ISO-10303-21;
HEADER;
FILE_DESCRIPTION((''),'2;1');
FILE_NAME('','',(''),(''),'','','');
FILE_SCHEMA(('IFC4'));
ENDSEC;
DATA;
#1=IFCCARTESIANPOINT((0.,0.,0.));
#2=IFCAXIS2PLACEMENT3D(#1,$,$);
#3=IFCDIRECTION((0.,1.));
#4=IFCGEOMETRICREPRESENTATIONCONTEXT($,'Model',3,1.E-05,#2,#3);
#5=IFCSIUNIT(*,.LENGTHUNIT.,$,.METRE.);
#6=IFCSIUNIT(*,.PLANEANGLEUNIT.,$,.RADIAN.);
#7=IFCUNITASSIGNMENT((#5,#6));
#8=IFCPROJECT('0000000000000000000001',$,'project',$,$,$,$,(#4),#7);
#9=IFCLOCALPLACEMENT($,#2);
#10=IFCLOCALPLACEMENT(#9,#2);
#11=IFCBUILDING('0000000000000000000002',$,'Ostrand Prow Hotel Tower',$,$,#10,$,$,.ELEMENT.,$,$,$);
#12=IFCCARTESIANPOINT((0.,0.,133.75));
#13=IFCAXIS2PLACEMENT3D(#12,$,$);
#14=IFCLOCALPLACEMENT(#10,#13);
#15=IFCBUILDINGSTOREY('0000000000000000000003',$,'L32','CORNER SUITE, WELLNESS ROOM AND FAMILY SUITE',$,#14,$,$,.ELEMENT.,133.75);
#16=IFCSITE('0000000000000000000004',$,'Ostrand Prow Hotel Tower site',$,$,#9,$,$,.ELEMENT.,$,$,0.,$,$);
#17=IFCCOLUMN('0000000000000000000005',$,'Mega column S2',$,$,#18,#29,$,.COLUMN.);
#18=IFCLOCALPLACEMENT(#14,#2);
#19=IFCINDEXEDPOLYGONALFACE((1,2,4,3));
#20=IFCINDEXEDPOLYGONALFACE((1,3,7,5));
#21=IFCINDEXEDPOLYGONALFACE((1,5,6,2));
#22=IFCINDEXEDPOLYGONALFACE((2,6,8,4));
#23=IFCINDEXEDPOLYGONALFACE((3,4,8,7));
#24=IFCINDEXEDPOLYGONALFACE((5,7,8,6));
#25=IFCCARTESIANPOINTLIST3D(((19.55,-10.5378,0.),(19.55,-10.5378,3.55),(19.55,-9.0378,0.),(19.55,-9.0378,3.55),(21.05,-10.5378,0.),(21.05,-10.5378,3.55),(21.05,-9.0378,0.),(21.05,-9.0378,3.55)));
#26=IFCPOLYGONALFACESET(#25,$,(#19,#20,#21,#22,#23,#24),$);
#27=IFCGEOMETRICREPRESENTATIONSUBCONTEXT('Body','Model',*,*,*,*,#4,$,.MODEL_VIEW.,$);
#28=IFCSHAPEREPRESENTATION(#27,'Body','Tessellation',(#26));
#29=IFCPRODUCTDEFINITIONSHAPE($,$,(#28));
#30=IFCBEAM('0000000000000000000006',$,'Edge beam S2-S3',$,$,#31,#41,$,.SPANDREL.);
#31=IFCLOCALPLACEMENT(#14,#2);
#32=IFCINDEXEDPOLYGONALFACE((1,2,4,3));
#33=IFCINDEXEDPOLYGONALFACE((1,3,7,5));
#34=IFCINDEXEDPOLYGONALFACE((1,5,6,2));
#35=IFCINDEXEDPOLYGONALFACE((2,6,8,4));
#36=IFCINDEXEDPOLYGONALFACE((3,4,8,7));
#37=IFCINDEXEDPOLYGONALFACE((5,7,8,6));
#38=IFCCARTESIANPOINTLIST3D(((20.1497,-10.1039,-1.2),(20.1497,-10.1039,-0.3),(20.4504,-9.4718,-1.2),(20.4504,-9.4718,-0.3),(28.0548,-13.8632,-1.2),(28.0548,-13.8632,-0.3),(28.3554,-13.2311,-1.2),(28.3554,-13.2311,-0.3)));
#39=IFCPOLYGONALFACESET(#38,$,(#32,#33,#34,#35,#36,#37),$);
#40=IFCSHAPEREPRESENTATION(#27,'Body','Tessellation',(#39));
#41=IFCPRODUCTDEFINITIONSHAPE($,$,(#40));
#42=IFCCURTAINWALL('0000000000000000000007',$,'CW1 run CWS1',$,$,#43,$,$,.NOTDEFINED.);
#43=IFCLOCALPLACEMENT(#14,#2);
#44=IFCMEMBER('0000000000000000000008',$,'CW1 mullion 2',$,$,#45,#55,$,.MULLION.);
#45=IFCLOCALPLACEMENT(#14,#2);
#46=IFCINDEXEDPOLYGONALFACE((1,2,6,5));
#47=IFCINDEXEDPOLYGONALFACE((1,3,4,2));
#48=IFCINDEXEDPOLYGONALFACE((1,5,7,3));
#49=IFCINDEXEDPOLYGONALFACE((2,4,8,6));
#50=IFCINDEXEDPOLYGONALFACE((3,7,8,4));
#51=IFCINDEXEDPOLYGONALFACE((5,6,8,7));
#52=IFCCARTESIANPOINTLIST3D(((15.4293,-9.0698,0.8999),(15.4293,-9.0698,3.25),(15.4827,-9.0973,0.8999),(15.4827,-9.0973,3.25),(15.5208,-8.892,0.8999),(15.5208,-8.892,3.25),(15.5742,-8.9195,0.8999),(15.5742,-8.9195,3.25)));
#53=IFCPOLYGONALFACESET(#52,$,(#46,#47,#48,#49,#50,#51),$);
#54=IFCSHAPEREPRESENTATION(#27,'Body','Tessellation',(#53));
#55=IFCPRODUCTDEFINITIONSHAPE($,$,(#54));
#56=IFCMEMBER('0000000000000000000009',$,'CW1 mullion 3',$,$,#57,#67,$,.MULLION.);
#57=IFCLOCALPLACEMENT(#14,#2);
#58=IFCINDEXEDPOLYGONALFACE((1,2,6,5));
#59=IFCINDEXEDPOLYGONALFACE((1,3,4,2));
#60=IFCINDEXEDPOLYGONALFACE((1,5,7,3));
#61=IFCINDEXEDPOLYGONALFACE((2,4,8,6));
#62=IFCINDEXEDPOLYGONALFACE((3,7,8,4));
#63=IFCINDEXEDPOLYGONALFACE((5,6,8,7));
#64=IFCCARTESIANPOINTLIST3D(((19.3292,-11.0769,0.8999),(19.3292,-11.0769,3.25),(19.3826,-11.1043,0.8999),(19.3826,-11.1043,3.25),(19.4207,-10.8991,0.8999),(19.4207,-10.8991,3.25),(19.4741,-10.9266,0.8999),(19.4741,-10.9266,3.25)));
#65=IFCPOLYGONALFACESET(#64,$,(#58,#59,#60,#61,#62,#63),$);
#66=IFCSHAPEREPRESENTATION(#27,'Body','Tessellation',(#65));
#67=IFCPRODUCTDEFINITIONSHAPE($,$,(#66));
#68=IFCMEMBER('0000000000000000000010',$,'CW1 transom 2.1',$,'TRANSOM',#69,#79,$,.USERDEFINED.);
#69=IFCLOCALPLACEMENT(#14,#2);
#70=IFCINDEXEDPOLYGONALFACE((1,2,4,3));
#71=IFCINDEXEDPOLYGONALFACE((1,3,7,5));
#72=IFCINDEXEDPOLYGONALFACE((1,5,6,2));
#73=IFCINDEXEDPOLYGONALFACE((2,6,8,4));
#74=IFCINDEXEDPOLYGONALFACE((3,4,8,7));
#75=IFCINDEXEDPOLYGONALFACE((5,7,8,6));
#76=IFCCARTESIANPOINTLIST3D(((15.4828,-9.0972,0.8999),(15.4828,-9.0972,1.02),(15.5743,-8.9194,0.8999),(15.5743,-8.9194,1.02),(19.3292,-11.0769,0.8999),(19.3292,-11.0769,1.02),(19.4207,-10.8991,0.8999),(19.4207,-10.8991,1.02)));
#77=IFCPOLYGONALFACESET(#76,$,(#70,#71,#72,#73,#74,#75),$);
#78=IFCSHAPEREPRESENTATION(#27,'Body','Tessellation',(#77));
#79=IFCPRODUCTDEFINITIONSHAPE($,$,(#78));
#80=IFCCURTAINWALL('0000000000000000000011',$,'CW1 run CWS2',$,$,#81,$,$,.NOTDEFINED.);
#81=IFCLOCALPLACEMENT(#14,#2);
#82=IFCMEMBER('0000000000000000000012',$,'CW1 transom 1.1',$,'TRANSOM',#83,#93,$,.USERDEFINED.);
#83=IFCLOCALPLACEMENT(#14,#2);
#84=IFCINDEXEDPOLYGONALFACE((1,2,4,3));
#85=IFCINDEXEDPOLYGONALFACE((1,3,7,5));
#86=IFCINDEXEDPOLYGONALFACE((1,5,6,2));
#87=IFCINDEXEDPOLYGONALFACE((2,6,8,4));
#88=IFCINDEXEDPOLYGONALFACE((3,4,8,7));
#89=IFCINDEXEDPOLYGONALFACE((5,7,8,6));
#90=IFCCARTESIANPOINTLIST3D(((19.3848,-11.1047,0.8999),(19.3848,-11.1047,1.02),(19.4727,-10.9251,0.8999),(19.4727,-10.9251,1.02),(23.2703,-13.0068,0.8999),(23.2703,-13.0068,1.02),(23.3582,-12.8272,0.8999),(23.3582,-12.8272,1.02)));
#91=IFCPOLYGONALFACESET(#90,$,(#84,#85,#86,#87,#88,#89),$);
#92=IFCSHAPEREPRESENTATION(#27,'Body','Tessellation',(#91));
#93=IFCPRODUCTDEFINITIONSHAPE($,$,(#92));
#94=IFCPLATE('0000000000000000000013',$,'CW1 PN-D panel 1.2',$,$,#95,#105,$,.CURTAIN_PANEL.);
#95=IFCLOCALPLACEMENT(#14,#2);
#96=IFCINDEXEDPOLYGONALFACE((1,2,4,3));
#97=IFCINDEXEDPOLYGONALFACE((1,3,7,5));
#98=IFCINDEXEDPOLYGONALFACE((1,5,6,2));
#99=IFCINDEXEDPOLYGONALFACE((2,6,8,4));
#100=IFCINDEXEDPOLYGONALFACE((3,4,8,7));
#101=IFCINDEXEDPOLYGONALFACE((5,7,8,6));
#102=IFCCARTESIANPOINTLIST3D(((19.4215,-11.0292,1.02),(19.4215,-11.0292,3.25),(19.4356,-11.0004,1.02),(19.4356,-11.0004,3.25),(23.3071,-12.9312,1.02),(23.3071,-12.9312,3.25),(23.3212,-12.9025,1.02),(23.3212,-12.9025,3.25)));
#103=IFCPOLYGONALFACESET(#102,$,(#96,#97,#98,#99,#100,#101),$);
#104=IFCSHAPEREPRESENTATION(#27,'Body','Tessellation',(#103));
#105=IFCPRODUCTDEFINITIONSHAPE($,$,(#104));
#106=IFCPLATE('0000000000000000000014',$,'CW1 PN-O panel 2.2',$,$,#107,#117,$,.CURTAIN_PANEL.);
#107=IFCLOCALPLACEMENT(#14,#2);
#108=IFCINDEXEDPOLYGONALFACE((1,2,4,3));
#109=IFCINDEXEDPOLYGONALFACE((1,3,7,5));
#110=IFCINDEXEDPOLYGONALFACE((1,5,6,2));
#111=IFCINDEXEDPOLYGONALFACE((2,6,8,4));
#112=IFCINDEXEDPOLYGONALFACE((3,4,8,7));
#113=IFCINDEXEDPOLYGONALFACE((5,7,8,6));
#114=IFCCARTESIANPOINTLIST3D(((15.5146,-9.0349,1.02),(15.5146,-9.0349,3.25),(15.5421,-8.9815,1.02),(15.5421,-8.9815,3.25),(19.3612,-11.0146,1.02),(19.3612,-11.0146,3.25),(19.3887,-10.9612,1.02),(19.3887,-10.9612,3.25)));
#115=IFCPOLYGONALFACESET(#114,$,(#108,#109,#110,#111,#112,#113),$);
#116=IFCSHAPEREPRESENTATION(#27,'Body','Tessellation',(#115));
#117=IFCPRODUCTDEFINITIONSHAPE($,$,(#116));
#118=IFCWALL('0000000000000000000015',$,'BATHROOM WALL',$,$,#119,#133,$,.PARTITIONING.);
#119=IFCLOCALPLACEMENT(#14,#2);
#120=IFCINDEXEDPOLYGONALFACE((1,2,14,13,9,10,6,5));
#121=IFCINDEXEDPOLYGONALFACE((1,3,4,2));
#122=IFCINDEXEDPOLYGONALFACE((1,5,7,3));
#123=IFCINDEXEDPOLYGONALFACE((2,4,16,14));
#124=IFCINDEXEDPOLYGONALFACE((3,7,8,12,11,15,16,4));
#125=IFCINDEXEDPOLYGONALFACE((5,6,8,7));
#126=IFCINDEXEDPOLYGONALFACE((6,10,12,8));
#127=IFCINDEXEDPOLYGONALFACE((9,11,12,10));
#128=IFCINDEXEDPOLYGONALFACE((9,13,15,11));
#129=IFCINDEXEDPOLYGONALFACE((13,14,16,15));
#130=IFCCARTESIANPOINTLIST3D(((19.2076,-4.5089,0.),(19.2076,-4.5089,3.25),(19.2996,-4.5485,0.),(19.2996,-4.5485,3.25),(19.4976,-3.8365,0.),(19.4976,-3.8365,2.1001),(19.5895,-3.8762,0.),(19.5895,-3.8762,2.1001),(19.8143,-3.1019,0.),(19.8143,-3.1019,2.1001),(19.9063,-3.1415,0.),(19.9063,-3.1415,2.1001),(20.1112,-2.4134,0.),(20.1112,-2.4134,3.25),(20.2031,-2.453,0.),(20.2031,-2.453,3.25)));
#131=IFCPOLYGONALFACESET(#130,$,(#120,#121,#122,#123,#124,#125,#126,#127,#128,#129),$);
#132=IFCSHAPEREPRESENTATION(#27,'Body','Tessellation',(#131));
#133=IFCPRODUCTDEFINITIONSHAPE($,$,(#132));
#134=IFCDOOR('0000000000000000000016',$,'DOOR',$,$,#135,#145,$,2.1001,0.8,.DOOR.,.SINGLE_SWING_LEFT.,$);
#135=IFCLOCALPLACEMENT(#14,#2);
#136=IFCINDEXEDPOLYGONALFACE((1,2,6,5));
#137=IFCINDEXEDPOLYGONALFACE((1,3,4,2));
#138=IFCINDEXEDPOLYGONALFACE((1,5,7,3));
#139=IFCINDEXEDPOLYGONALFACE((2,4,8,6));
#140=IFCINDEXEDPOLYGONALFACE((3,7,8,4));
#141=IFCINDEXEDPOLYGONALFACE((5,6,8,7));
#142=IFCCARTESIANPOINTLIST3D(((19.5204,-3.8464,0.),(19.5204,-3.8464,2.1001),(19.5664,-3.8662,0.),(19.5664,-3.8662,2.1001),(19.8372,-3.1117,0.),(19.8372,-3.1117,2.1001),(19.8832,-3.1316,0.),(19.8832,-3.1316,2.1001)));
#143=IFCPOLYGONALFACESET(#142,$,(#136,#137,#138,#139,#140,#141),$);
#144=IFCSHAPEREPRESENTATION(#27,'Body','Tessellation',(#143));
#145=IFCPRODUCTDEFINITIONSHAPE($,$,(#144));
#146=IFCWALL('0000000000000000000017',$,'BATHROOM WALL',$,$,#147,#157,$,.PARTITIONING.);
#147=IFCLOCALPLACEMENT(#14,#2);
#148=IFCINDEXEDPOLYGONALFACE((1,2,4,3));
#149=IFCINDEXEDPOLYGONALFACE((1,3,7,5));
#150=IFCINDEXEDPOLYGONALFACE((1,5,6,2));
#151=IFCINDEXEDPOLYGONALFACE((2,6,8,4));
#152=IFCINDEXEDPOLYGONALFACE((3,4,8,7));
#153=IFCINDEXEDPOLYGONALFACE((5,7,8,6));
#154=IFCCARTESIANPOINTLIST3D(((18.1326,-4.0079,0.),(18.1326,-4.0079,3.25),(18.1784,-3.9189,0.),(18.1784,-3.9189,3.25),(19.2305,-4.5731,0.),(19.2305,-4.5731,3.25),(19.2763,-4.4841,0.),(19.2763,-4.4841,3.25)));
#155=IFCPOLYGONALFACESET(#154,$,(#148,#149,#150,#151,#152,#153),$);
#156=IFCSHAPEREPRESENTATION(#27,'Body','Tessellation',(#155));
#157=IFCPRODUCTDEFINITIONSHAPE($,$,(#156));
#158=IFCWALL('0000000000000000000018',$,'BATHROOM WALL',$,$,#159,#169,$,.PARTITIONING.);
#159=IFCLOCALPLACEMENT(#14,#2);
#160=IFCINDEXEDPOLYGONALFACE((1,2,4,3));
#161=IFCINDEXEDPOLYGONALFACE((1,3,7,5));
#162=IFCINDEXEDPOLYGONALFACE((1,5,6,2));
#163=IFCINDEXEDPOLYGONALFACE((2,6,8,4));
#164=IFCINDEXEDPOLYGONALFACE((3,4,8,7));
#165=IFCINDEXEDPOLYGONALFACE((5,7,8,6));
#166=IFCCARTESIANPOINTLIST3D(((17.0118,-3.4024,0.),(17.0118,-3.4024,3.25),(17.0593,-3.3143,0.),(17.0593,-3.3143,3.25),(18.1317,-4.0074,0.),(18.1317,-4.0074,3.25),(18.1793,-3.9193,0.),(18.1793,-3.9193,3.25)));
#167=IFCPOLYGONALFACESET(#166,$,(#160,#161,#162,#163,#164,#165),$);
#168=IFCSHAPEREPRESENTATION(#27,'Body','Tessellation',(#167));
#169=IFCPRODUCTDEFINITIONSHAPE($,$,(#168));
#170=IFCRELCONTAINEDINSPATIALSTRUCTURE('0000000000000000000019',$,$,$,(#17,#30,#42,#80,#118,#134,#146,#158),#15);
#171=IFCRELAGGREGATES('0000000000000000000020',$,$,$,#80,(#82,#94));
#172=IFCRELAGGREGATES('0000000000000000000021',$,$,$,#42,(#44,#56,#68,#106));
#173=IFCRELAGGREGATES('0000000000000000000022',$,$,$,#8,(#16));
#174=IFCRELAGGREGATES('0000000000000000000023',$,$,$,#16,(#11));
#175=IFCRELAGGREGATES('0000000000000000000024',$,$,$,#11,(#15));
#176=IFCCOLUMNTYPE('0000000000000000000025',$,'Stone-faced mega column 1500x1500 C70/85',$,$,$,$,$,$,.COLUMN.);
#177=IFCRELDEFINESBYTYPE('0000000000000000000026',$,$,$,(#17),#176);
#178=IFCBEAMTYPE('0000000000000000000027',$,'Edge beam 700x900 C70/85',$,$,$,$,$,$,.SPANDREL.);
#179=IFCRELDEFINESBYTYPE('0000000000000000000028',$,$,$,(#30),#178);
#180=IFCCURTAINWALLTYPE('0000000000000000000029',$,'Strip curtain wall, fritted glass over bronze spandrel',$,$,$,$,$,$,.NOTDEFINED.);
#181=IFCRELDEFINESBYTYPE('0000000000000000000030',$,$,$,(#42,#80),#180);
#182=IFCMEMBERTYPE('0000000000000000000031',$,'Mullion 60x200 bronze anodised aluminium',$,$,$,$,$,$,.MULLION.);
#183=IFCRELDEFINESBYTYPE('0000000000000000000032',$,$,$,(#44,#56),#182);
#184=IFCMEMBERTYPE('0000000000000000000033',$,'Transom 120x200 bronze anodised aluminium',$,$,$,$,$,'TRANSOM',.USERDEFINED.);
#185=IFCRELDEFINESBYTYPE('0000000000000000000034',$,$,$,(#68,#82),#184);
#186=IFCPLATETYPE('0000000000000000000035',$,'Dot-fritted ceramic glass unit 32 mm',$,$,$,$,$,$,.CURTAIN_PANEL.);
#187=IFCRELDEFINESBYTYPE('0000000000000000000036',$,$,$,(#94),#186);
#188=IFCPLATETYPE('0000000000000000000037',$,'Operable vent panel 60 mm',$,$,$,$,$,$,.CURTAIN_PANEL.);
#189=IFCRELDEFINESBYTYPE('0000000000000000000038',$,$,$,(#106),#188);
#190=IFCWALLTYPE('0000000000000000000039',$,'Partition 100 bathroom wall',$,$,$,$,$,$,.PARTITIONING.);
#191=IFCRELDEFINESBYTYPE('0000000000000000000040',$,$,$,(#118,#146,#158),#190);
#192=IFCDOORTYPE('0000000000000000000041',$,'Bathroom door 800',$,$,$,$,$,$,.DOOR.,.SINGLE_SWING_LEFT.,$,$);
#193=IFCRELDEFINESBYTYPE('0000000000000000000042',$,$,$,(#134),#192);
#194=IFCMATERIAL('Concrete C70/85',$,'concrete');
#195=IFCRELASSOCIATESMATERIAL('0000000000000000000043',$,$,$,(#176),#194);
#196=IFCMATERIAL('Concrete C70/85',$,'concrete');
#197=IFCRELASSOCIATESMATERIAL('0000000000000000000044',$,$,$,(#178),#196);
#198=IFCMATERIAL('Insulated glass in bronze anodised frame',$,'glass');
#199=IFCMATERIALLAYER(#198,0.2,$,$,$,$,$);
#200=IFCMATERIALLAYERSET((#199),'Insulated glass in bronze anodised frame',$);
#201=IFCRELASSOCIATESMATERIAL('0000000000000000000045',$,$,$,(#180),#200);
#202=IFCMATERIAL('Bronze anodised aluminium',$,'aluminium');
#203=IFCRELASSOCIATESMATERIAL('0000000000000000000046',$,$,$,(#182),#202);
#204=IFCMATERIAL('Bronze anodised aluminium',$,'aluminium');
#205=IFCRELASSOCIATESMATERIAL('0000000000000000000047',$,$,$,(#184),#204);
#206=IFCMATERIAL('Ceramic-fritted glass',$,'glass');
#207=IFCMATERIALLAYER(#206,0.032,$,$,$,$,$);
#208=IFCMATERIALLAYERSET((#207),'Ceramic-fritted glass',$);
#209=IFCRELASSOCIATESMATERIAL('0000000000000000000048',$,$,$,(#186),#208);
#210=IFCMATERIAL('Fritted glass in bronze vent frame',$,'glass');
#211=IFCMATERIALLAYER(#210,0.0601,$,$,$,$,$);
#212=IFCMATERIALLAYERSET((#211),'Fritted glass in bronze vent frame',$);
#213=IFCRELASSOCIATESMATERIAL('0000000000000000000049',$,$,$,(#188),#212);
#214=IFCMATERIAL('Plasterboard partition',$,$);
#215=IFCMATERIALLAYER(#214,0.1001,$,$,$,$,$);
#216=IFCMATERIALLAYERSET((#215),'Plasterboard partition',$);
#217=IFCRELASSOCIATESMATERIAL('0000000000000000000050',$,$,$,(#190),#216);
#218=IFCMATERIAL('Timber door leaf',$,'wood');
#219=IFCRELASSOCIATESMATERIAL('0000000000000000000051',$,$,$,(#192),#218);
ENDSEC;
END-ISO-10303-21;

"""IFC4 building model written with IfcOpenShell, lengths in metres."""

from ifc_helpers import new_model, si_unit, direction, frame, frame_2d, origin, origin_2d, place, context, subcontext, project, spatial, rectangle, extrude, material, layer, layer_set, material_profile, profile_set, type_object, element, fill, aggregate, save


model = new_model("IFC4")

# Units and contexts
model_context = context("Model", 3, precision=1e-05, world=origin(), true_north=direction((0.0, 1.0)))
body_context = subcontext(model_context, "Body", "Model", "MODEL_VIEW")
ifc_project = project(units=[si_unit("LENGTHUNIT", "METRE"), si_unit("PLANEANGLEUNIT", "RADIAN")], contexts=[model_context])

# Site, building, storey
site_placement = place(None, origin())
site = spatial("IfcSite", under=ifc_project, at=site_placement, Name="Ostrand Prow Hotel Tower site", CompositionType="ELEMENT", RefElevation=0.0)
building_placement = place(site_placement, origin())
building = spatial("IfcBuilding", under=site, at=building_placement, Name="Ostrand Prow Hotel Tower", CompositionType="ELEMENT")
storey_placement = place(building_placement, frame((0.0, 0.0, 133.75)))
storey = spatial("IfcBuildingStorey", under=building, at=storey_placement, Name="L32", Description="CORNER SUITE, WELLNESS ROOM AND FAMILY SUITE", CompositionType="ELEMENT", Elevation=133.75)

# Column
ifc_material_1 = material(Name="Concrete C70/85", Category="concrete")
ifc_material_profile_1 = material_profile(ifc_material_1, rectangle(XDim=1.5, YDim=1.5, at=origin_2d()), Name="RC 1500x1500")
ifc_profile_set_1 = profile_set([ifc_material_profile_1], Name="Concrete C70/85")
column_type = type_object("IfcColumnType", Name="Stone-faced mega column 1500x1500 C70/85", PredefinedType="COLUMN", material=ifc_profile_set_1)
column_placement = place(storey_placement, frame((20.3, -9.7878, 0.0), z_axis=(0.0, 0.0, 1.0), x_axis=(1.0, 0.0, 0.0)))
element("IfcColumn", 1, at=column_placement, inside=storey, type_object=column_type, Name="Mega column S2", PredefinedType="COLUMN", context=body_context, shape_type="SweptSolid", body=[
    extrude(rectangle(XDim=1.5, YDim=1.5, at=origin_2d()), origin(), (0.0, 0.0, 1.0), 3.55),
])

# Beam
ifc_material_2 = material(Name="Concrete C70/85", Category="concrete")
ifc_material_profile_2 = material_profile(ifc_material_2, rectangle(XDim=0.7, YDim=0.8999, at=origin_2d()), Name="RC 700x900")
ifc_profile_set_2 = profile_set([ifc_material_profile_2], Name="Concrete C70/85")
beam_type = type_object("IfcBeamType", Name="Edge beam 700x900 C70/85", PredefinedType="SPANDREL", material=ifc_profile_set_2)
beam_placement = place(storey_placement, frame((20.3, -9.7878, -0.75), z_axis=(0.903083, -0.429466, 0.0), x_axis=(0.429466, 0.903083, 0.0)))
element("IfcBeam", 2, at=beam_placement, inside=storey, type_object=beam_type, Name="Edge beam S2-S3", PredefinedType="SPANDREL", context=body_context, shape_type="SweptSolid", body=[
    extrude(rectangle(XDim=0.7, YDim=0.8999, at=origin_2d()), origin(), (0.0, 0.0, 1.0), 8.7534),
])

# Curtain wall, members
ifc_material_3 = material(Name="Insulated glass in bronze anodised frame", Category="glass")
ifc_layer_1 = layer(ifc_material_3, 0.2)
ifc_layer_set_1 = layer_set([ifc_layer_1], Name="Insulated glass in bronze anodised frame")
curtain_wall_type = type_object("IfcCurtainWallType", Name="Strip curtain wall, fritted glass over bronze spandrel", PredefinedType="NOTDEFINED", material=ifc_layer_set_1)
curtain_wall_1_placement = place(storey_placement, origin())
curtain_wall_1 = element("IfcCurtainWall", 3, at=curtain_wall_1_placement, inside=storey, type_object=curtain_wall_type, Name="CW1 run CWS1", PredefinedType="NOTDEFINED")
ifc_material_4 = material(Name="Bronze anodised aluminium", Category="aluminium")
ifc_material_profile_3 = material_profile(ifc_material_4, rectangle(XDim=0.2, YDim=0.0601, at=origin_2d()), Name="Mullion 60x200 bronze anodised aluminium")
ifc_profile_set_3 = profile_set([ifc_material_profile_3], Name="Bronze anodised aluminium")
member_type_1 = type_object("IfcMemberType", Name="Mullion 60x200 bronze anodised aluminium", PredefinedType="MULLION", material=ifc_profile_set_3)
member_1_placement = place(storey_placement, frame((15.5017, -8.9946, 0.8999), z_axis=(0.0, 0.0, 1.0), x_axis=(0.457619, 0.889148, 0.0)))
member_1 = element("IfcMember", 4, at=member_1_placement, type_object=member_type_1, Name="CW1 mullion 2", PredefinedType="MULLION", context=body_context, shape_type="SweptSolid", body=[
    extrude(rectangle(XDim=0.2, YDim=0.0601, at=origin_2d()), origin(), (0.0, 0.0, 1.0), 2.3501),
])
member_2_placement = place(storey_placement, frame((19.4016, -11.0017, 0.8999), z_axis=(0.0, 0.0, 1.0), x_axis=(0.457619, 0.889148, 0.0)))
member_2 = element("IfcMember", 5, at=member_2_placement, type_object=member_type_1, Name="CW1 mullion 3", PredefinedType="MULLION", context=body_context, shape_type="SweptSolid", body=[
    extrude(rectangle(XDim=0.2, YDim=0.0601, at=origin_2d()), origin(), (0.0, 0.0, 1.0), 2.3501),
])
ifc_material_5 = material(Name="Bronze anodised aluminium", Category="aluminium")
ifc_material_profile_4 = material_profile(ifc_material_5, rectangle(XDim=0.2, YDim=0.1201, at=origin_2d()), Name="Transom 120x200 bronze anodised aluminium")
ifc_profile_set_4 = profile_set([ifc_material_profile_4], Name="Bronze anodised aluminium")
member_type_2 = type_object("IfcMemberType", Name="Transom 120x200 bronze anodised aluminium", ElementType="TRANSOM", PredefinedType="USERDEFINED", material=ifc_profile_set_4)
member_3_placement = place(storey_placement, frame((15.5286, -9.0083, 0.96), z_axis=(0.88914, -0.457635, 0.0), x_axis=(0.457635, 0.88914, 0.0)))
member_3 = element("IfcMember", 6, at=member_3_placement, type_object=member_type_2, Name="CW1 transom 2.1", ObjectType="TRANSOM", PredefinedType="USERDEFINED", context=body_context, shape_type="SweptSolid", body=[
    extrude(rectangle(XDim=0.2, YDim=0.1201, at=origin_2d()), origin(), (0.0, 0.0, 1.0), 4.3259),
])

# Curtain wall, member, plate
curtain_wall_2_placement = place(storey_placement, origin())
curtain_wall_2 = element("IfcCurtainWall", 7, at=curtain_wall_2_placement, inside=storey, type_object=curtain_wall_type, Name="CW1 run CWS2", PredefinedType="NOTDEFINED")
member_4_placement = place(storey_placement, frame((19.4287, -11.0149, 0.96), z_axis=(0.898154, -0.439681, 0.0), x_axis=(0.439681, 0.898154, 0.0)))
member_4 = element("IfcMember", 8, at=member_4_placement, type_object=member_type_2, Name="CW1 transom 1.1", ObjectType="TRANSOM", PredefinedType="USERDEFINED", context=body_context, shape_type="SweptSolid", body=[
    extrude(rectangle(XDim=0.2, YDim=0.1201, at=origin_2d()), origin(), (0.0, 0.0, 1.0), 4.3262),
])
ifc_material_6 = material(Name="Ceramic-fritted glass", Category="glass")
ifc_layer_2 = layer(ifc_material_6, 0.032)
ifc_layer_set_2 = layer_set([ifc_layer_2], Name="Ceramic-fritted glass")
plate_type_1 = type_object("IfcPlateType", Name="Dot-fritted ceramic glass unit 32 mm", PredefinedType="CURTAIN_PANEL", material=ifc_layer_set_2)
plate_1_placement = place(storey_placement, frame((21.3713, -11.9658, 1.02), z_axis=(0.0, 0.0, 1.0), x_axis=(0.898165, -0.439659, 0.0)))
plate_1 = element("IfcPlate", 9, at=plate_1_placement, type_object=plate_type_1, Name="CW1 PN-D panel 1.2", PredefinedType="CURTAIN_PANEL", context=body_context, shape_type="SweptSolid", body=[
    extrude(rectangle(XDim=4.3262, YDim=0.032, at=origin_2d()), origin(), (0.0, 0.0, 1.0), 2.23),
])
aggregate(curtain_wall_2, [member_4, plate_1])

# Plate
ifc_material_7 = material(Name="Fritted glass in bronze vent frame", Category="glass")
ifc_layer_3 = layer(ifc_material_7, 0.0601)
ifc_layer_set_3 = layer_set([ifc_layer_3], Name="Fritted glass in bronze vent frame")
plate_type_2 = type_object("IfcPlateType", Name="Operable vent panel 60 mm", PredefinedType="CURTAIN_PANEL", material=ifc_layer_set_3)
plate_2_placement = place(storey_placement, frame((17.4517, -9.998, 1.02), z_axis=(0.0, 0.0, 1.0), x_axis=(0.889148, -0.457619, 0.0)))
plate_2 = element("IfcPlate", 10, at=plate_2_placement, type_object=plate_type_2, Name="CW1 PN-O panel 2.2", PredefinedType="CURTAIN_PANEL", context=body_context, shape_type="SweptSolid", body=[
    extrude(rectangle(XDim=4.3262, YDim=0.0601, at=origin_2d()), origin(), (0.0, 0.0, 1.0), 2.23),
])
aggregate(curtain_wall_1, [member_1, member_2, member_3, plate_2])

# Wall, opening, door
ifc_material_8 = material(Name="Plasterboard partition")
ifc_layer_4 = layer(ifc_material_8, 0.1001)
ifc_layer_set_4 = layer_set([ifc_layer_4], Name="Plasterboard partition")
wall_type_1 = type_object("IfcWallType", Name="Partition 100 bathroom wall", PredefinedType="PARTITIONING", material=ifc_layer_set_4)
wall_1_placement = place(storey_placement, frame((20.1572, -2.4331, 0.0), z_axis=(0.0, 0.0, 1.0), x_axis=(-0.395958, -0.918268, 0.0)))
wall_1 = element("IfcWall", 11, at=wall_1_placement, inside=storey, type_object=wall_type_1, Name="BATHROOM WALL", PredefinedType="PARTITIONING", context=body_context, shape_type="SweptSolid", body=[
    extrude(rectangle(XDim=2.282, YDim=0.1001, at=frame_2d((1.1411, 0.0))), origin(), (0.0, 0.0, 1.0), 3.25),
])
opening_1_placement = place(wall_1_placement, frame((0.75, 0.0, 0.0)))
opening_1 = element("IfcOpeningElement", 12, at=opening_1_placement, cuts=wall_1, PredefinedType="OPENING", context=body_context, shape_type="SweptSolid", body=[
    extrude(rectangle(XDim=0.8, YDim=2.1001, at=frame_2d((0.3999, 1.05))), frame((0.0, 0.0601, 0.0), z_axis=(0.0, -1.0, 0.0), x_axis=(1.0, 0.0, 0.0)), (0.0, 0.0, 1.0), 0.1201),
])
ifc_material_9 = material(Name="Timber door leaf", Category="wood")
door_type_1 = type_object("IfcDoorType", Name="Bathroom door 800", OperationType="SINGLE_SWING_LEFT", PredefinedType="DOOR", material=ifc_material_9)
door_1_placement = place(opening_1_placement, origin())
door_1 = element("IfcDoor", 13, at=door_1_placement, inside=storey, type_object=door_type_1, Name="DOOR", OperationType="SINGLE_SWING_LEFT", OverallHeight=2.1001, OverallWidth=0.8, PredefinedType="DOOR", context=body_context, shape_type="SweptSolid", body=[
    extrude(rectangle(XDim=0.8, YDim=2.1001, at=frame_2d((0.3999, 1.05))), frame((0.0, 0.0249, 0.0), z_axis=(0.0, -1.0, 0.0), x_axis=(1.0, 0.0, 0.0)), (0.0, 0.0, 1.0), 0.05),
])
fill(opening_1, door_1)

# Walls
wall_2_placement = place(storey_placement, frame((19.2534, -4.5286, 0.0), z_axis=(0.0, 0.0, 1.0), x_axis=(-0.889106, 0.457701, 0.0)))
element("IfcWall", 14, at=wall_2_placement, inside=storey, type_object=wall_type_1, Name="BATHROOM WALL", PredefinedType="PARTITIONING", context=body_context, shape_type="SweptSolid", body=[
    extrude(rectangle(XDim=1.2349, YDim=0.1001, at=frame_2d((0.6174, 0.0))), origin(), (0.0, 0.0, 1.0), 3.25),
])
wall_3_placement = place(storey_placement, frame((18.1555, -3.9634, 0.0), z_axis=(0.0, 0.0, 1.0), x_axis=(-0.879824, 0.4753, 0.0)))
element("IfcWall", 15, at=wall_3_placement, inside=storey, type_object=wall_type_1, Name="BATHROOM WALL", PredefinedType="PARTITIONING", context=body_context, shape_type="SweptSolid", body=[
    extrude(rectangle(XDim=1.2729, YDim=0.1001, at=frame_2d((0.6365, 0.0))), origin(), (0.0, 0.0, 1.0), 3.25),
])

save(model, "model.ifc")
